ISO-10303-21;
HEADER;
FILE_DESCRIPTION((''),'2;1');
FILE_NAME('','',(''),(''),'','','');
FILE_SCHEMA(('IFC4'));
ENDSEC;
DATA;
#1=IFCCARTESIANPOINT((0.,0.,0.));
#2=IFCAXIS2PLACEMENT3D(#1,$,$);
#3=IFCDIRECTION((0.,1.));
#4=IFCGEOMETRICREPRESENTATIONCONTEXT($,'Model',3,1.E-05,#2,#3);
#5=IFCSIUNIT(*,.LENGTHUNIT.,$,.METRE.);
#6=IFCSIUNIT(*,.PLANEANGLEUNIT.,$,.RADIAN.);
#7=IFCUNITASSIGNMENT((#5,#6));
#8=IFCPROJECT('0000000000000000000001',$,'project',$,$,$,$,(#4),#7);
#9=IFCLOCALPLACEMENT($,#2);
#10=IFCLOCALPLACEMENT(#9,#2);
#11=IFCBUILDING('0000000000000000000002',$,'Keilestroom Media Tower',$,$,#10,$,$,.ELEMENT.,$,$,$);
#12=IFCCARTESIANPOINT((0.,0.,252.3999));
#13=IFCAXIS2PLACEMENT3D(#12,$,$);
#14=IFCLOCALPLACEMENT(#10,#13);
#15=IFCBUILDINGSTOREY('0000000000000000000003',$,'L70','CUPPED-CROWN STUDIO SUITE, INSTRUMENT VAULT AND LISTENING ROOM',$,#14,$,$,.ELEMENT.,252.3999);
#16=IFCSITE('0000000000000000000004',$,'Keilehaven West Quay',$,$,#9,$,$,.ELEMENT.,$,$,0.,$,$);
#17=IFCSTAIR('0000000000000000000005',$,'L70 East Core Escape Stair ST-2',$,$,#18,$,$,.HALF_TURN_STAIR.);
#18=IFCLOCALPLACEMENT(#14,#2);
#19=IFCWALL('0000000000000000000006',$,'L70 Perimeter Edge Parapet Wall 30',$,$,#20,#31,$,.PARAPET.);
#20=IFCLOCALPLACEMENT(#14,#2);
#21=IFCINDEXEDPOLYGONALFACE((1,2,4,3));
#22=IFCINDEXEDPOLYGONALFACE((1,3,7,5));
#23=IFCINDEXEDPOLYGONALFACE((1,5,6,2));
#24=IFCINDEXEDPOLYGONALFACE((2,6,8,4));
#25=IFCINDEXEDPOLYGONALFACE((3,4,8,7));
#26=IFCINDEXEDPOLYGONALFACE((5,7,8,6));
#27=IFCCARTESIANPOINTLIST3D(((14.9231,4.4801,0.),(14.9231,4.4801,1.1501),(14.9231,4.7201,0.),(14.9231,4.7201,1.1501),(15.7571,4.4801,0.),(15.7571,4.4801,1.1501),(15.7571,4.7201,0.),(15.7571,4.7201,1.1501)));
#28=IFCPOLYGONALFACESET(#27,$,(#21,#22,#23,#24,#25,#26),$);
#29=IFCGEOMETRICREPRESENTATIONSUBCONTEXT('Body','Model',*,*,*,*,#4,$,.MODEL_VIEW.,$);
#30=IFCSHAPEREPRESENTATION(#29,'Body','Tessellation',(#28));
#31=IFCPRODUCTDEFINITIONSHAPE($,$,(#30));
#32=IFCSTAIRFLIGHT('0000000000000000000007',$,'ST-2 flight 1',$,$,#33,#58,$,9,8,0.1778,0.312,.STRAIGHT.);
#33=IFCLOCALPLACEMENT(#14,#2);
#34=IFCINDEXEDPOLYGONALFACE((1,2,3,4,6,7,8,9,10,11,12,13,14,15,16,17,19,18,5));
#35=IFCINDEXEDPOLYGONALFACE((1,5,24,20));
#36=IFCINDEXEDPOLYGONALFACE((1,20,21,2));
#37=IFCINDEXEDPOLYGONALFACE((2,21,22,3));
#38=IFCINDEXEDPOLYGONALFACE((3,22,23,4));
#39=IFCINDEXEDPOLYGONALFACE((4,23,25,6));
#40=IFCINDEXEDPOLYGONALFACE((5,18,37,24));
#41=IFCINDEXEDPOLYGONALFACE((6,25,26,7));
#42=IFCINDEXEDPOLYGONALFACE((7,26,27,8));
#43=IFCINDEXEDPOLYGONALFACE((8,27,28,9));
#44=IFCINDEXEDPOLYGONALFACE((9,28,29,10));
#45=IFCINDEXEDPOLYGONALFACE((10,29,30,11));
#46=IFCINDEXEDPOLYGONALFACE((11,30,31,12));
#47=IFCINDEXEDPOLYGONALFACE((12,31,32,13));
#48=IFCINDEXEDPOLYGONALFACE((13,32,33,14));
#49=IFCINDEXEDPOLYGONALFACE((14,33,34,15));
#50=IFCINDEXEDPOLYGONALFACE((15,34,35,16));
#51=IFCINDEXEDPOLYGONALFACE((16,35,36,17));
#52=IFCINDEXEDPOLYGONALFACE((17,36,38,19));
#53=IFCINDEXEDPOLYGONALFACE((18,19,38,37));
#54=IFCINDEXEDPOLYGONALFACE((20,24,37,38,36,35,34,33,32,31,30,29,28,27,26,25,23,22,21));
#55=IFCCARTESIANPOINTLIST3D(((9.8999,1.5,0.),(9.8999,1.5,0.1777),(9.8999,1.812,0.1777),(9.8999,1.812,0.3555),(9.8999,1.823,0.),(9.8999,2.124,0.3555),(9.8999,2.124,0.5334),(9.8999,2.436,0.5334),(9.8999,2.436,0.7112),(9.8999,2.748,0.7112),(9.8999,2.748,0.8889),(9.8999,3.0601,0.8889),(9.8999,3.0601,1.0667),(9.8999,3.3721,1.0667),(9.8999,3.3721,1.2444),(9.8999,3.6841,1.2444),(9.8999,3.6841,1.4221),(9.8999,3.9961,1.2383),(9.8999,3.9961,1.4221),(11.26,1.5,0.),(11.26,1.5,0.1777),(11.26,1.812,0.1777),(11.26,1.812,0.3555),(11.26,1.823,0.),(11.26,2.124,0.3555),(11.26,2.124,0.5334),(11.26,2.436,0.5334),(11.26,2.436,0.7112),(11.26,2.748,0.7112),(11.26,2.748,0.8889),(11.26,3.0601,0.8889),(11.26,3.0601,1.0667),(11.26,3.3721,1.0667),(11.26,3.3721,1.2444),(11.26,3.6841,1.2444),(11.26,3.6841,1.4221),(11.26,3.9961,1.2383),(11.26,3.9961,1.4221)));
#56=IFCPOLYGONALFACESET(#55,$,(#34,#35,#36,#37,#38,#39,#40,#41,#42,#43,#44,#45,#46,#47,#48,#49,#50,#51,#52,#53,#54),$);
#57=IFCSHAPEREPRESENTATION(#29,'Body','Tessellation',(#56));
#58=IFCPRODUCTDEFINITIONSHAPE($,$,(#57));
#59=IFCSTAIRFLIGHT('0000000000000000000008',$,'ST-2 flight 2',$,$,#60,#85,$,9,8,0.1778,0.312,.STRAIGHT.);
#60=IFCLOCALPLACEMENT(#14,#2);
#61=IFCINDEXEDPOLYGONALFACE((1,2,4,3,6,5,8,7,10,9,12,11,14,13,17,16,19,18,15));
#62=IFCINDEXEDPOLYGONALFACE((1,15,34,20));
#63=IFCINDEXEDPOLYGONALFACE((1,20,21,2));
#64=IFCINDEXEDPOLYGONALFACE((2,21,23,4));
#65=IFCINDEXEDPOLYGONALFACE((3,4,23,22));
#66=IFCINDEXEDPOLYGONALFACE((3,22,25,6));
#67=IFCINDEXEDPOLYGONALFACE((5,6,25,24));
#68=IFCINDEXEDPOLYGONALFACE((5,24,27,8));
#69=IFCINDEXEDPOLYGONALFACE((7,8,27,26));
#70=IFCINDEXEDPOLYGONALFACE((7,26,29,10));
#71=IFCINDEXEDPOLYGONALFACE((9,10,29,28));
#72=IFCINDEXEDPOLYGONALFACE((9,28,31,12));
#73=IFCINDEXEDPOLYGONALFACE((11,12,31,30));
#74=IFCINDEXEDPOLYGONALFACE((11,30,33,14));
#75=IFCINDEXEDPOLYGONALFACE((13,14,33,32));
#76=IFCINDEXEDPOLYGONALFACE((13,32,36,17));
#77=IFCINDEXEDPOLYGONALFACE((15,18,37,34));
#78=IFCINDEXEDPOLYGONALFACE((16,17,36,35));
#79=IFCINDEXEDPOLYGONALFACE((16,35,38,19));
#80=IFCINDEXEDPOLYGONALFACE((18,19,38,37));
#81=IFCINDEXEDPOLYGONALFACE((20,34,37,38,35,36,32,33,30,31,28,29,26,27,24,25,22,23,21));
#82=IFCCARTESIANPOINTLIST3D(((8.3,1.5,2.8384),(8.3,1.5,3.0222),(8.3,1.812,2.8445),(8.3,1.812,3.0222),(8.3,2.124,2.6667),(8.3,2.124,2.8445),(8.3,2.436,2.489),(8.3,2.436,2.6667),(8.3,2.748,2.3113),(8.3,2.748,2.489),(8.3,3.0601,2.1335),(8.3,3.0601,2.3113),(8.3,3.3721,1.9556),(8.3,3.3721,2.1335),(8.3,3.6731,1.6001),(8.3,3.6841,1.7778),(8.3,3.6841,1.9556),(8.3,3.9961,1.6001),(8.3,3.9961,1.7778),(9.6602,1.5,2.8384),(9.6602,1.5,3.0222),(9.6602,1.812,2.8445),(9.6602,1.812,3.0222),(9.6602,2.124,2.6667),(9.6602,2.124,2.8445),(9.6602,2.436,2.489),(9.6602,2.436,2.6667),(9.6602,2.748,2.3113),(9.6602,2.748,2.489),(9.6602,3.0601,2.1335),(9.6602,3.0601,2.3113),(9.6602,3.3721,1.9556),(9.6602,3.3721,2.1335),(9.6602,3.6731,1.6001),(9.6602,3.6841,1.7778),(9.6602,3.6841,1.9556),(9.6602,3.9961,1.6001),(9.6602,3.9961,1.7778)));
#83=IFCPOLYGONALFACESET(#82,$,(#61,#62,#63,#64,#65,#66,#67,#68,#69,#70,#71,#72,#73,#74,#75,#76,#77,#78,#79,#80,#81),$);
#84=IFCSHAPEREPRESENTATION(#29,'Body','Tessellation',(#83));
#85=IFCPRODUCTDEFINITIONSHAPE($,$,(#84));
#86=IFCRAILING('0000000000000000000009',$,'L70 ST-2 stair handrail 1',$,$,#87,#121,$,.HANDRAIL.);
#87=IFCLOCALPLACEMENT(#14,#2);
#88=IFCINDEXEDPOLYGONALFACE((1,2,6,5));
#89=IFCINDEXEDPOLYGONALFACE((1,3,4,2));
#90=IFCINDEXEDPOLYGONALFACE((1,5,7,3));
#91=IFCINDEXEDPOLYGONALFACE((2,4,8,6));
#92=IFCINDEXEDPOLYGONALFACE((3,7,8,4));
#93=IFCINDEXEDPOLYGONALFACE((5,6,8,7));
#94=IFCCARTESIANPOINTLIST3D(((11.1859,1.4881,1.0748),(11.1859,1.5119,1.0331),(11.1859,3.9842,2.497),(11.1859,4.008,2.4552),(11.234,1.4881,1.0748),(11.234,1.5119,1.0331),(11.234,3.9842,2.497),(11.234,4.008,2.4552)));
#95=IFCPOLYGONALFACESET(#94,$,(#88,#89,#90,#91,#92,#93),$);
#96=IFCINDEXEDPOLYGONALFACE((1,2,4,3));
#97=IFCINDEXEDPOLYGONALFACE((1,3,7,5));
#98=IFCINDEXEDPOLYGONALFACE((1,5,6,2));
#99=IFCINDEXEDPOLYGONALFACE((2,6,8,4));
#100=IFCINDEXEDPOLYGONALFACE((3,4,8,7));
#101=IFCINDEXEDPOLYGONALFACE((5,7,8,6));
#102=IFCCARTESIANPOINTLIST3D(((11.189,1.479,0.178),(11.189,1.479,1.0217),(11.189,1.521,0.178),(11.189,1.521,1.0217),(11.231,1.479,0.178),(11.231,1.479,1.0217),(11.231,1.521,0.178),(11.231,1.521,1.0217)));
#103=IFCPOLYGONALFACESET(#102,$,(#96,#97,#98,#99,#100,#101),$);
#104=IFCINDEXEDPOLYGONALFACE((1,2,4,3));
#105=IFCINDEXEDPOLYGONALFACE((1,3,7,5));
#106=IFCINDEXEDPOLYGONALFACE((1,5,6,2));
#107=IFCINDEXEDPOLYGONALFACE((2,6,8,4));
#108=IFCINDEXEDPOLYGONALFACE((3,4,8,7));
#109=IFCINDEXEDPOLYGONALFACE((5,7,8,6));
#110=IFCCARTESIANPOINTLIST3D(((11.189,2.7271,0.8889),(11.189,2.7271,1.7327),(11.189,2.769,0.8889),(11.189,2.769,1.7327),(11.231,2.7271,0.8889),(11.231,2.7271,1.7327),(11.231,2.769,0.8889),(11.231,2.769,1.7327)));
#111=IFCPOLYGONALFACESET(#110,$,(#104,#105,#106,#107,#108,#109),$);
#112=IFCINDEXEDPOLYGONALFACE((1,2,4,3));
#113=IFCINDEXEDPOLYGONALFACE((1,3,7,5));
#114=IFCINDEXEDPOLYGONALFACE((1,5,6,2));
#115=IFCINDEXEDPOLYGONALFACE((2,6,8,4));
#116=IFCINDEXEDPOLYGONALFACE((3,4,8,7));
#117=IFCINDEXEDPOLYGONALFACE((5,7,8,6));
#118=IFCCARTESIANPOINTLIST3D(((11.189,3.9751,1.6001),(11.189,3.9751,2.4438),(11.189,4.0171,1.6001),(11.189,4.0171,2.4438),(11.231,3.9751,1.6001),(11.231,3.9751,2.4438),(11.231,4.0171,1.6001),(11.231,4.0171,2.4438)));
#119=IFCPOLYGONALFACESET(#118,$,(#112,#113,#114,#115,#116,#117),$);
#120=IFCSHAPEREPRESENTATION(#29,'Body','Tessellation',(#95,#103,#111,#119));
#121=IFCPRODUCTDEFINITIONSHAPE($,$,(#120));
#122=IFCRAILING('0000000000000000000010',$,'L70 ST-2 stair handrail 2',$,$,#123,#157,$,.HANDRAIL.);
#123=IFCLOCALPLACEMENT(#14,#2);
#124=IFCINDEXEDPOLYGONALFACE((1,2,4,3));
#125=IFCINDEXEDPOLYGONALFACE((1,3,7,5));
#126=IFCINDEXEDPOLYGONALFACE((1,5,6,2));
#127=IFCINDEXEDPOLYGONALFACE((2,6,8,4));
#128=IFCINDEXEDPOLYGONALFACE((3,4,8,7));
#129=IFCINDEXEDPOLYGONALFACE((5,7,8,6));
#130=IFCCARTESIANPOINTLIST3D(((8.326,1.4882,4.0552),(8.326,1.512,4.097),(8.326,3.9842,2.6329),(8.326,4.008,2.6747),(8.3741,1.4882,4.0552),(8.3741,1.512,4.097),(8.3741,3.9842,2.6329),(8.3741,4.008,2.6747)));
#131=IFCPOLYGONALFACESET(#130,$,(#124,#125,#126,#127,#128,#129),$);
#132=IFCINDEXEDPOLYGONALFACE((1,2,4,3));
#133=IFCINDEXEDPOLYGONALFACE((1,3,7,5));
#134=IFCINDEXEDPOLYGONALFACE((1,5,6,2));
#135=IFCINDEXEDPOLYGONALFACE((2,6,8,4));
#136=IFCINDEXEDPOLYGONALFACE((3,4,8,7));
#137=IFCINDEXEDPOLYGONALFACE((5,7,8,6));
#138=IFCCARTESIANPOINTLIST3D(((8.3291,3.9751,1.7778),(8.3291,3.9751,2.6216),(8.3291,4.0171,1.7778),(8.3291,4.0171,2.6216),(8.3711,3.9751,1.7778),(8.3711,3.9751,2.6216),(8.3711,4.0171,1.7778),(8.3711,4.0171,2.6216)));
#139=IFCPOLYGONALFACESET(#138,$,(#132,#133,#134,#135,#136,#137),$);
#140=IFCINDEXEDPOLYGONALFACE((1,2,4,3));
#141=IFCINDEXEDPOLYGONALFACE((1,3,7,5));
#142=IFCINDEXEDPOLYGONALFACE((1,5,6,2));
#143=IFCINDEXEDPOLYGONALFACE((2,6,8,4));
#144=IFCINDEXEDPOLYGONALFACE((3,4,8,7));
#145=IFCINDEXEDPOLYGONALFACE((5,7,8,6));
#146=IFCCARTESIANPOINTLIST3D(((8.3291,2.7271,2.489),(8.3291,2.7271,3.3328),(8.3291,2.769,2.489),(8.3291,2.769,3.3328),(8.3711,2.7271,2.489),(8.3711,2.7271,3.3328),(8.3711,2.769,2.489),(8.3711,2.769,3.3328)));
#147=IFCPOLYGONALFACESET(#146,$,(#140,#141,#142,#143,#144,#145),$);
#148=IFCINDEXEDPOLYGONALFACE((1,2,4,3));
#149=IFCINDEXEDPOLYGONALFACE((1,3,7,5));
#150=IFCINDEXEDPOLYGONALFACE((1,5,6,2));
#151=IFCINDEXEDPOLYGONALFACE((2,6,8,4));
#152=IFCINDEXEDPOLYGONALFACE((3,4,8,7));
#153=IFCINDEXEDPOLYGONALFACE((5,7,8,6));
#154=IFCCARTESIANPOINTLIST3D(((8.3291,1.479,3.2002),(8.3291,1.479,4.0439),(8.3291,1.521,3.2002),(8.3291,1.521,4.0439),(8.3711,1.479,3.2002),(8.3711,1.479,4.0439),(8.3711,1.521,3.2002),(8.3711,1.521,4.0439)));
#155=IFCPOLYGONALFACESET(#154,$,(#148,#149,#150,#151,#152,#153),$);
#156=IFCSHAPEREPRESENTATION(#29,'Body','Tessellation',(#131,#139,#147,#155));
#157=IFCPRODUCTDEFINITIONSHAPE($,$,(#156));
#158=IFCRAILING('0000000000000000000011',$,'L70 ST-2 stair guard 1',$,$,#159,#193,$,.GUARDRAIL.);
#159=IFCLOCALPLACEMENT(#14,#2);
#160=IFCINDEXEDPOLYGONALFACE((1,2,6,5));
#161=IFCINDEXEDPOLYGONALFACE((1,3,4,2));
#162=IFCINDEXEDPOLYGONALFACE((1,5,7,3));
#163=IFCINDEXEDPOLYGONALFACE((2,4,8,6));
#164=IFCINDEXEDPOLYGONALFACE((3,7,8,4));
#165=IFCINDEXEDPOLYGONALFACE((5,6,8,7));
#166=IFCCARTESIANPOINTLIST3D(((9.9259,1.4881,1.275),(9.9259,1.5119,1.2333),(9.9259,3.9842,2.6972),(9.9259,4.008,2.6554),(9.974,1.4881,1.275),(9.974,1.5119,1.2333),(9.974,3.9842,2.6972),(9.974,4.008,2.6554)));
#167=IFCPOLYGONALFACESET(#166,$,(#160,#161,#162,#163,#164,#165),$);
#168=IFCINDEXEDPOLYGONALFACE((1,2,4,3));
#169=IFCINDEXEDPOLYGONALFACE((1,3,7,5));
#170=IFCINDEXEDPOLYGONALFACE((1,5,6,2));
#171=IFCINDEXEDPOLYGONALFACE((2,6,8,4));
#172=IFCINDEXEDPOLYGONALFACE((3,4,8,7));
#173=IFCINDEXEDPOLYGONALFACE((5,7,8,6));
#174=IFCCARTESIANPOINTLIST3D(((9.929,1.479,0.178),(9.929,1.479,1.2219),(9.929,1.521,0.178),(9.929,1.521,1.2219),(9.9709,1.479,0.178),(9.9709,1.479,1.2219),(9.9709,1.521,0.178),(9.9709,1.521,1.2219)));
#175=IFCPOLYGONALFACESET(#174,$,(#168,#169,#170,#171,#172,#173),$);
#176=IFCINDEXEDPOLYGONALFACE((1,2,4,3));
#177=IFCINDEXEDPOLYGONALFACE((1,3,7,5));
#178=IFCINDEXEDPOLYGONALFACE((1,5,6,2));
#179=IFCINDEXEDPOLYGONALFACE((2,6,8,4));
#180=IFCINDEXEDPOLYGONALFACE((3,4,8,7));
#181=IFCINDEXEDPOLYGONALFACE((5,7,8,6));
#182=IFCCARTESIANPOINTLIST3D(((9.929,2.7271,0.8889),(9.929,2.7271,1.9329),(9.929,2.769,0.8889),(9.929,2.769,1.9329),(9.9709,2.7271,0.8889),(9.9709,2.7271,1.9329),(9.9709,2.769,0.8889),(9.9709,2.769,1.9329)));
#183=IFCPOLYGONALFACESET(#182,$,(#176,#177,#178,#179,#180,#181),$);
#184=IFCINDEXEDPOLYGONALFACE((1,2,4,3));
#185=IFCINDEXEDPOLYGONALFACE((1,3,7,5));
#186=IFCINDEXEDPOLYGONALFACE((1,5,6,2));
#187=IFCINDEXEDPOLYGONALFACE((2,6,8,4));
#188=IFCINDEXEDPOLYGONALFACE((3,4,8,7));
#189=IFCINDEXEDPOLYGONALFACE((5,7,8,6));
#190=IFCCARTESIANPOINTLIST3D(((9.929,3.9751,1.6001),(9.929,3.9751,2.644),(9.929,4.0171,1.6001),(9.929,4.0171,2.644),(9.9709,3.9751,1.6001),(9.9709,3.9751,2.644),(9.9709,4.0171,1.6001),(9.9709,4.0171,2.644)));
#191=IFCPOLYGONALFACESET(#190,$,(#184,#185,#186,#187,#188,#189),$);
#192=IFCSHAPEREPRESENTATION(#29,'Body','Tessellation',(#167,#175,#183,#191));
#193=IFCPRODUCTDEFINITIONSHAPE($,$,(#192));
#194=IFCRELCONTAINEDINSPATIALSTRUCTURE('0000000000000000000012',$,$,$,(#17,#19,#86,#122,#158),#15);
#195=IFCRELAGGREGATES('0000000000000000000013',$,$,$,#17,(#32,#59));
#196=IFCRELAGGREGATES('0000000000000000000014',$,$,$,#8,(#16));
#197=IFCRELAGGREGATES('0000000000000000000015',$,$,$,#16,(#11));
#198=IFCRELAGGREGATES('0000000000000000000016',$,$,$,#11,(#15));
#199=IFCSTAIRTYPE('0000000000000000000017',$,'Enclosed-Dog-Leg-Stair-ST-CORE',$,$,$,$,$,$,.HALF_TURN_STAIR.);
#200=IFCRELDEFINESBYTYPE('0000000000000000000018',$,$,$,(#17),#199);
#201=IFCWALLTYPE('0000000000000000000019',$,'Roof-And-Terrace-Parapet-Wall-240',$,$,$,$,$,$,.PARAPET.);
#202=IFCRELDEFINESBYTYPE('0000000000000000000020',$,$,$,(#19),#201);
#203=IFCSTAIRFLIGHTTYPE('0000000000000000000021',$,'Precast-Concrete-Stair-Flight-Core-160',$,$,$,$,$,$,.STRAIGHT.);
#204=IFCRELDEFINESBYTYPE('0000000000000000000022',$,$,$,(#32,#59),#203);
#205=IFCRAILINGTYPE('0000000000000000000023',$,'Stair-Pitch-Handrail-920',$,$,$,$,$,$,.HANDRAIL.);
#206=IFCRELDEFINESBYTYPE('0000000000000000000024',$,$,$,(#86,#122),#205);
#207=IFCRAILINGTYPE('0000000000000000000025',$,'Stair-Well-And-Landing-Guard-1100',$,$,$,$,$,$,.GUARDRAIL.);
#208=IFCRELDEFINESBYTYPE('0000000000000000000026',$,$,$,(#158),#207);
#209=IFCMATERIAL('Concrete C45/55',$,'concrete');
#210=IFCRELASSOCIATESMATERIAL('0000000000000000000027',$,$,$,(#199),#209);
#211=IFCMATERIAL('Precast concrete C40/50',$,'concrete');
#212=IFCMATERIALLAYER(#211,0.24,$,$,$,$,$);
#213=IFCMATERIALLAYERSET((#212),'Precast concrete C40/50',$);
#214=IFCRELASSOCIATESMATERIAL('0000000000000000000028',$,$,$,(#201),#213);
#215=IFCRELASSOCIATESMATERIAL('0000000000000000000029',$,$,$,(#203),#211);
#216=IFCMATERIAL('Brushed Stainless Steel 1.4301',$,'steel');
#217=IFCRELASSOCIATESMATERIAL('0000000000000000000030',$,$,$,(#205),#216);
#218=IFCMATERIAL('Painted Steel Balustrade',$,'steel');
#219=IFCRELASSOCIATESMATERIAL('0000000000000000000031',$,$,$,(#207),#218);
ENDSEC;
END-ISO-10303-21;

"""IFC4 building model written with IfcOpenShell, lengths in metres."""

from ifc_helpers import new_model, si_unit, direction, frame, frame_2d, origin, origin_2d, place, context, subcontext, project, spatial, polyline, rectangle, outline, extrude, material, layer, layer_set, type_object, element, aggregate, save


model = new_model("IFC4")

# Units and contexts
model_context = context("Model", 3, precision=1e-05, world=origin(), true_north=direction((0.0, 1.0)))
body_context = subcontext(model_context, "Body", "Model", "MODEL_VIEW")
ifc_project = project(units=[si_unit("LENGTHUNIT", "METRE"), si_unit("PLANEANGLEUNIT", "RADIAN")], contexts=[model_context])

# Site, building, storey
site_placement = place(None, origin())
site = spatial("IfcSite", under=ifc_project, at=site_placement, Name="Keilehaven West Quay", CompositionType="ELEMENT", RefElevation=0.0)
building_placement = place(site_placement, origin())
building = spatial("IfcBuilding", under=site, at=building_placement, Name="Keilestroom Media Tower", CompositionType="ELEMENT")
storey_placement = place(building_placement, frame((0.0, 0.0, 252.3999)))
storey = spatial("IfcBuildingStorey", under=building, at=storey_placement, Name="L70", Description="CUPPED-CROWN STUDIO SUITE, INSTRUMENT VAULT AND LISTENING ROOM", CompositionType="ELEMENT", Elevation=252.3999)

# Shared definitions
ifc_material_1 = material(Name="Precast concrete C40/50", Category="concrete")

# Shared definitions
ifc_material_2 = material(Name="Concrete C45/55", Category="concrete")

# Stair
stair_type = type_object("IfcStairType", Name="Enclosed-Dog-Leg-Stair-ST-CORE", PredefinedType="HALF_TURN_STAIR", material=ifc_material_2)
stair_1_placement = place(storey_placement, origin())
stair_1 = element("IfcStair", 1, at=stair_1_placement, inside=storey, type_object=stair_type, Name="L70 East Core Escape Stair ST-2", PredefinedType="HALF_TURN_STAIR")

# Wall
ifc_layer_1 = layer(ifc_material_1, 0.24)
ifc_layer_set_1 = layer_set([ifc_layer_1], Name="Precast concrete C40/50")
wall_type_1 = type_object("IfcWallType", Name="Roof-And-Terrace-Parapet-Wall-240", PredefinedType="PARAPET", material=ifc_layer_set_1)
wall_1_placement = place(storey_placement, frame((14.9231, 4.6001, 0.0), z_axis=(0.0, 0.0, 1.0), x_axis=(1.0, 0.0, 0.0)))
element("IfcWall", 2, at=wall_1_placement, inside=storey, type_object=wall_type_1, Name="L70 Perimeter Edge Parapet Wall 30", PredefinedType="PARAPET", context=body_context, shape_type="SweptSolid", body=[
    extrude(rectangle(XDim=0.834, YDim=0.24, at=frame_2d((0.417, 0.0))), origin(), (0.0, 0.0, 1.0), 1.1501),
])

# Stair flights
stair_flight_type = type_object("IfcStairFlightType", Name="Precast-Concrete-Stair-Flight-Core-160", PredefinedType="STRAIGHT", material=ifc_material_1)
stair_flight_1_placement = place(storey_placement, frame((10.5801, 1.5, 0.0), z_axis=(0.0, 0.0, 1.0), x_axis=(0.0, 1.0, 0.0)))
stair_flight_1 = element("IfcStairFlight", 3, at=stair_flight_1_placement, type_object=stair_flight_type, Name="ST-2 flight 1", NumberOfRisers=9, NumberOfTreads=8, PredefinedType="STRAIGHT", RiserHeight=0.1778, TreadLength=0.312, context=body_context, shape_type="SweptSolid", body=[
    extrude(outline(polyline([(0.0, 0.0), (0.0, 0.1777), (0.312, 0.1777), (0.312, 0.3555), (0.624, 0.3555), (0.624, 0.5334), (0.936, 0.5334), (0.936, 0.7112), (1.248, 0.7112), (1.248, 0.8889), (1.5601, 0.8889), (1.5601, 1.0667), (1.8721, 1.0667), (1.8721, 1.2444), (2.1841, 1.2444), (2.1841, 1.4221), (2.4961, 1.4221), (2.4961, 1.6001), (2.4961, 1.2383), (0.323, 0.0), (0.0, 0.0)])), frame((0.0, 0.6802, 0.0), z_axis=(0.0, -1.0, 0.0), x_axis=(1.0, 0.0, 0.0)), (0.0, 0.0, 1.0), 1.3601),
])
stair_flight_2_placement = place(storey_placement, frame((8.98, 3.9961, 1.6001), z_axis=(0.0, 0.0, 1.0), x_axis=(0.0, -1.0, 0.0)))
stair_flight_2 = element("IfcStairFlight", 4, at=stair_flight_2_placement, type_object=stair_flight_type, Name="ST-2 flight 2", NumberOfRisers=9, NumberOfTreads=8, PredefinedType="STRAIGHT", RiserHeight=0.1778, TreadLength=0.312, context=body_context, shape_type="SweptSolid", body=[
    extrude(outline(polyline([(0.0, 0.0), (0.0, 0.1777), (0.312, 0.1777), (0.312, 0.3555), (0.624, 0.3555), (0.624, 0.5334), (0.936, 0.5334), (0.936, 0.7112), (1.248, 0.7112), (1.248, 0.8889), (1.5601, 0.8889), (1.5601, 1.0667), (1.8721, 1.0667), (1.8721, 1.2444), (2.1841, 1.2444), (2.1841, 1.4221), (2.4961, 1.4221), (2.4961, 1.6001), (2.4961, 1.2383), (0.323, 0.0), (0.0, 0.0)])), frame((0.0, 0.6802, 0.0), z_axis=(0.0, -1.0, 0.0), x_axis=(1.0, 0.0, 0.0)), (0.0, 0.0, 1.0), 1.3601),
])
aggregate(stair_1, [stair_flight_1, stair_flight_2])

# Railings
ifc_material_3 = material(Name="Brushed Stainless Steel 1.4301", Category="steel")
railing_type_1 = type_object("IfcRailingType", Name="Stair-Pitch-Handrail-920", PredefinedType="HANDRAIL", material=ifc_material_3)
railing_1_placement = place(storey_placement, frame((11.21, 1.5, 0.178)))
element("IfcRailing", 5, at=railing_1_placement, inside=storey, type_object=railing_type_1, Name="L70 ST-2 stair handrail 1", PredefinedType="HANDRAIL", context=body_context, shape_type="SweptSolid", body=[
    extrude(rectangle(XDim=0.0481, YDim=0.0481, at=origin_2d()), frame((0.0, 0.0, 0.876), z_axis=(0.0, 0.868875, 0.495031), x_axis=(-1.0, 0.0, 0.0)), (0.0, 0.0, 1.0), 2.8728),
    extrude(rectangle(XDim=0.042, YDim=0.042, at=origin_2d()), origin(), (0.0, 0.0, 1.0), 0.8438),
    extrude(rectangle(XDim=0.042, YDim=0.042, at=origin_2d()), frame((0.0, 1.248, 0.7109)), (0.0, 0.0, 1.0), 0.8438),
    extrude(rectangle(XDim=0.042, YDim=0.042, at=origin_2d()), frame((0.0, 2.4961, 1.4221)), (0.0, 0.0, 1.0), 0.8438),
])
railing_2_placement = place(storey_placement, frame((8.3501, 3.9961, 1.7778)))
element("IfcRailing", 6, at=railing_2_placement, inside=storey, type_object=railing_type_1, Name="L70 ST-2 stair handrail 2", PredefinedType="HANDRAIL", context=body_context, shape_type="SweptSolid", body=[
    extrude(rectangle(XDim=0.0481, YDim=0.0481, at=origin_2d()), frame((0.0, 0.0, 0.876), z_axis=(0.0, -0.868839, 0.495095), x_axis=(1.0, 0.0, 0.0)), (0.0, 0.0, 1.0), 2.8728),
    extrude(rectangle(XDim=0.042, YDim=0.042, at=origin_2d()), origin(), (0.0, 0.0, 1.0), 0.8438),
    extrude(rectangle(XDim=0.042, YDim=0.042, at=origin_2d()), frame((0.0, -1.248, 0.7112)), (0.0, 0.0, 1.0), 0.8438),
    extrude(rectangle(XDim=0.042, YDim=0.042, at=origin_2d()), frame((0.0, -2.4961, 1.4224)), (0.0, 0.0, 1.0), 0.8438),
])
ifc_material_4 = material(Name="Painted Steel Balustrade", Category="steel")
railing_type_2 = type_object("IfcRailingType", Name="Stair-Well-And-Landing-Guard-1100", PredefinedType="GUARDRAIL", material=ifc_material_4)
railing_3_placement = place(storey_placement, frame((9.95, 1.5, 0.178)))
element("IfcRailing", 7, at=railing_3_placement, inside=storey, type_object=railing_type_2, Name="L70 ST-2 stair guard 1", PredefinedType="GUARDRAIL", context=body_context, shape_type="SweptSolid", body=[
    extrude(rectangle(XDim=0.0481, YDim=0.0481, at=origin_2d()), frame((0.0, 0.0, 1.0762), z_axis=(0.0, 0.868875, 0.495031), x_axis=(-1.0, 0.0, 0.0)), (0.0, 0.0, 1.0), 2.8728),
    extrude(rectangle(XDim=0.042, YDim=0.042, at=origin_2d()), origin(), (0.0, 0.0, 1.0), 1.0439),
    extrude(rectangle(XDim=0.042, YDim=0.042, at=origin_2d()), frame((0.0, 1.248, 0.7109)), (0.0, 0.0, 1.0), 1.0439),
    extrude(rectangle(XDim=0.042, YDim=0.042, at=origin_2d()), frame((0.0, 2.4961, 1.4221)), (0.0, 0.0, 1.0), 1.0439),
])

save(model, "model.ifc")
